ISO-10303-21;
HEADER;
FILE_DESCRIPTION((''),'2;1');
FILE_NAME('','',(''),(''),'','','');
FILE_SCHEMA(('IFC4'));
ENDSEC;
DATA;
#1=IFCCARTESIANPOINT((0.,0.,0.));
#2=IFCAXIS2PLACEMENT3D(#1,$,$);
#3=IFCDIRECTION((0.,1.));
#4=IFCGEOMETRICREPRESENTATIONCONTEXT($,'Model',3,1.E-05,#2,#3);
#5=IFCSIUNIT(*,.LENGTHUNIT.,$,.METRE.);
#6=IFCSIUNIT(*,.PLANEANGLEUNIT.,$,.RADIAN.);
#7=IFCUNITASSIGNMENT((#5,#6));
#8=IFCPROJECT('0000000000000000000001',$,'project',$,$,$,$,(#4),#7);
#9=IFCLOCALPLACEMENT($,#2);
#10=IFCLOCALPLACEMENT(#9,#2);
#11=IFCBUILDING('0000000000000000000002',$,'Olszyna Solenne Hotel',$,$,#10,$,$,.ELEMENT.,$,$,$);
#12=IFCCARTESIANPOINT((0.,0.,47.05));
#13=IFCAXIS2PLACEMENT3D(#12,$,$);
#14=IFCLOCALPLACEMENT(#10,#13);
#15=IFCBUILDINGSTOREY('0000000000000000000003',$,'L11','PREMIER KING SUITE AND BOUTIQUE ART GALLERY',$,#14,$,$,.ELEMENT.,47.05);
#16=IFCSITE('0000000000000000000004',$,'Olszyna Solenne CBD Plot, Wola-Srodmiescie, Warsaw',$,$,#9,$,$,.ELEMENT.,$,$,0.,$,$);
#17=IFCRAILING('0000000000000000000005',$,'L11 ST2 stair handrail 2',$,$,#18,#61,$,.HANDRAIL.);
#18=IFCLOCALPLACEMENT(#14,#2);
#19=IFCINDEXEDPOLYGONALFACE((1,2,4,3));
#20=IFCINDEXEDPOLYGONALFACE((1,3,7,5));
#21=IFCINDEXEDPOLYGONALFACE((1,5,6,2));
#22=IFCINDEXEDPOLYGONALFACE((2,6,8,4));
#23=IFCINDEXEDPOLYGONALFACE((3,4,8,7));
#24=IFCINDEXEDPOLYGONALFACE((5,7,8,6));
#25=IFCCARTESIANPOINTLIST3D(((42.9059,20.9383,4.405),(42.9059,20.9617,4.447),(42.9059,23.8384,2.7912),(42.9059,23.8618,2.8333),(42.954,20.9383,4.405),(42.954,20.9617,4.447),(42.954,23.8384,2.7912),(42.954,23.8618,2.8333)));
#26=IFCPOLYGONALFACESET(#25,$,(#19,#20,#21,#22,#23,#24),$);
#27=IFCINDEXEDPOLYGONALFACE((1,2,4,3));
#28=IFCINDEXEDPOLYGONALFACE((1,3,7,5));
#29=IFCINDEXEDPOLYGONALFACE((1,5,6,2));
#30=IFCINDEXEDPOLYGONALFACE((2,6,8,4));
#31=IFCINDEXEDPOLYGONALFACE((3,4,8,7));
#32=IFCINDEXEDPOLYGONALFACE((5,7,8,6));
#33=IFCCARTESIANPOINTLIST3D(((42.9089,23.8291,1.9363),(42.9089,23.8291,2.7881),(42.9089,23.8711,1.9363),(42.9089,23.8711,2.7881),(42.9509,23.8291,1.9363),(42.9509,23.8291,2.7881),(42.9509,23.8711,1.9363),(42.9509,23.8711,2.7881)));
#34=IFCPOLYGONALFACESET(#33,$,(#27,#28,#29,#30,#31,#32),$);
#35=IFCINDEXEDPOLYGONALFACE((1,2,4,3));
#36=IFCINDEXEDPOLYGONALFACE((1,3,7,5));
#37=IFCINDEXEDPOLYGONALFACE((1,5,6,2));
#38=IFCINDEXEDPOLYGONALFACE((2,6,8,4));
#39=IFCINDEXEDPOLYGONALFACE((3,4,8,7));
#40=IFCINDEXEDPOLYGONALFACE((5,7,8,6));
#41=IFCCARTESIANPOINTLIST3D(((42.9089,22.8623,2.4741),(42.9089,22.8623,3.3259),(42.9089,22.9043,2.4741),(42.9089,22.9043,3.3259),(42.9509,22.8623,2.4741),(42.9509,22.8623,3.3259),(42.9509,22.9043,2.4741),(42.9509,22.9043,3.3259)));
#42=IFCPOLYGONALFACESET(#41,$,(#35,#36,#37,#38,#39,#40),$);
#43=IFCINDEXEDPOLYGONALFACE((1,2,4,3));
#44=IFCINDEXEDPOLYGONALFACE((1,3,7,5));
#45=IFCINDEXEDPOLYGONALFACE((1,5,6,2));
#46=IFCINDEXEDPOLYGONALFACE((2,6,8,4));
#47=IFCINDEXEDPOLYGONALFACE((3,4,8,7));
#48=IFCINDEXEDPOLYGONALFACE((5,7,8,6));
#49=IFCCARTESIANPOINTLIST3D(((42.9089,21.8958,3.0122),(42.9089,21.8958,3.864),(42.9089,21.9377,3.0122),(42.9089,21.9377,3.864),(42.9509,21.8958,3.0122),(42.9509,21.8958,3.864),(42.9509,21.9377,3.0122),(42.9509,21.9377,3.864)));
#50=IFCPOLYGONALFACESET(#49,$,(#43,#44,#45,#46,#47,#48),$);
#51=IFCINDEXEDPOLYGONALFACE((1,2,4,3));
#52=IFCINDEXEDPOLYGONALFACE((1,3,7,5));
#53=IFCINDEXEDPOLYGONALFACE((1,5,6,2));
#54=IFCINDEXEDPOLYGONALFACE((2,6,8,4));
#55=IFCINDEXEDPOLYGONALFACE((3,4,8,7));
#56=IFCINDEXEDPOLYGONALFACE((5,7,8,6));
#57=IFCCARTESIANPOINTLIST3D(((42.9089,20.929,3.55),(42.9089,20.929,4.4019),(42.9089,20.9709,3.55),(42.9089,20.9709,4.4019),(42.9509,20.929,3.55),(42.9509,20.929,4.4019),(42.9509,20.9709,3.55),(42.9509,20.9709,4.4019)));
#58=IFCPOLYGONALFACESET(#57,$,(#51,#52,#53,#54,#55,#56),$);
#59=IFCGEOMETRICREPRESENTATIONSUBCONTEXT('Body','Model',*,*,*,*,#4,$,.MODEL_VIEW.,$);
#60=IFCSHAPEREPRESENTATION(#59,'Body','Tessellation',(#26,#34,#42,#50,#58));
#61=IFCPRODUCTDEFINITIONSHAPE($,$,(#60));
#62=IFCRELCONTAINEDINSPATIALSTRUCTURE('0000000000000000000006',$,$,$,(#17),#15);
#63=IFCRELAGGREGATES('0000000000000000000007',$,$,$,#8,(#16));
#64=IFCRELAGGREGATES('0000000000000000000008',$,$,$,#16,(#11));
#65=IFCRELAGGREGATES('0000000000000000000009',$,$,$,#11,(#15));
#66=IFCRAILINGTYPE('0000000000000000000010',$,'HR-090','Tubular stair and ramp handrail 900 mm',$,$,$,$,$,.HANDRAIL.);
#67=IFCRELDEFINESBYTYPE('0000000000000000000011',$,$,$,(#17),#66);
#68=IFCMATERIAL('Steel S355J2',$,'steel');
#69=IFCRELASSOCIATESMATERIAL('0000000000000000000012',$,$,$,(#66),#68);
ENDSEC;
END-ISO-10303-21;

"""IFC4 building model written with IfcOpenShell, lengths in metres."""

from ifc_helpers import new_model, si_unit, direction, frame, origin, origin_2d, place, context, subcontext, project, spatial, rectangle, extrude, material, type_object, element, save


model = new_model("IFC4")

# Units and contexts
model_context = context("Model", 3, precision=1e-05, world=origin(), true_north=direction((0.0, 1.0)))
body_context = subcontext(model_context, "Body", "Model", "MODEL_VIEW")
ifc_project = project(units=[si_unit("LENGTHUNIT", "METRE"), si_unit("PLANEANGLEUNIT", "RADIAN")], contexts=[model_context])

# Site, building, storey
site_placement = place(None, origin())
site = spatial("IfcSite", under=ifc_project, at=site_placement, Name="Olszyna Solenne CBD Plot, Wola-Srodmiescie, Warsaw", CompositionType="ELEMENT", RefElevation=0.0)
building_placement = place(site_placement, origin())
building = spatial("IfcBuilding", under=site, at=building_placement, Name="Olszyna Solenne Hotel", CompositionType="ELEMENT")
storey_placement = place(building_placement, frame((0.0, 0.0, 47.05)))
storey = spatial("IfcBuildingStorey", under=building, at=storey_placement, Name="L11", Description="PREMIER KING SUITE AND BOUTIQUE ART GALLERY", CompositionType="ELEMENT", Elevation=47.05)

# Shared definitions
ifc_material_1 = material(Name="Steel S355J2", Category="steel")

# Railing
railing_type_1 = type_object("IfcRailingType", Name="HR-090", Description="Tubular stair and ramp handrail 900 mm", PredefinedType="HANDRAIL", material=ifc_material_1)
railing_1_placement = place(storey_placement, frame((42.9299, 23.8501, 1.9363)))
element("IfcRailing", 1, at=railing_1_placement, inside=storey, type_object=railing_type_1, Name="L11 ST2 stair handrail 2", PredefinedType="HANDRAIL", context=body_context, shape_type="SweptSolid", body=[
    extrude(rectangle(XDim=0.0481, YDim=0.0481, at=origin_2d()), frame((0.0, 0.0, 0.876), z_axis=(0.0, -0.873827, 0.486236), x_axis=(1.0, 0.0, 0.0)), (0.0, 0.0, 1.0), 3.3188),
    extrude(rectangle(XDim=0.042, YDim=0.042, at=origin_2d()), origin(), (0.0, 0.0, 1.0), 0.8518),
    extrude(rectangle(XDim=0.042, YDim=0.042, at=origin_2d()), frame((0.0, -0.9668, 0.5378)), (0.0, 0.0, 1.0), 0.8518),
    extrude(rectangle(XDim=0.042, YDim=0.042, at=origin_2d()), frame((0.0, -1.9333, 1.0759)), (0.0, 0.0, 1.0), 0.8518),
    extrude(rectangle(XDim=0.042, YDim=0.042, at=origin_2d()), frame((0.0, -2.9001, 1.6138)), (0.0, 0.0, 1.0), 0.8518),
])

save(model, "model.ifc")
